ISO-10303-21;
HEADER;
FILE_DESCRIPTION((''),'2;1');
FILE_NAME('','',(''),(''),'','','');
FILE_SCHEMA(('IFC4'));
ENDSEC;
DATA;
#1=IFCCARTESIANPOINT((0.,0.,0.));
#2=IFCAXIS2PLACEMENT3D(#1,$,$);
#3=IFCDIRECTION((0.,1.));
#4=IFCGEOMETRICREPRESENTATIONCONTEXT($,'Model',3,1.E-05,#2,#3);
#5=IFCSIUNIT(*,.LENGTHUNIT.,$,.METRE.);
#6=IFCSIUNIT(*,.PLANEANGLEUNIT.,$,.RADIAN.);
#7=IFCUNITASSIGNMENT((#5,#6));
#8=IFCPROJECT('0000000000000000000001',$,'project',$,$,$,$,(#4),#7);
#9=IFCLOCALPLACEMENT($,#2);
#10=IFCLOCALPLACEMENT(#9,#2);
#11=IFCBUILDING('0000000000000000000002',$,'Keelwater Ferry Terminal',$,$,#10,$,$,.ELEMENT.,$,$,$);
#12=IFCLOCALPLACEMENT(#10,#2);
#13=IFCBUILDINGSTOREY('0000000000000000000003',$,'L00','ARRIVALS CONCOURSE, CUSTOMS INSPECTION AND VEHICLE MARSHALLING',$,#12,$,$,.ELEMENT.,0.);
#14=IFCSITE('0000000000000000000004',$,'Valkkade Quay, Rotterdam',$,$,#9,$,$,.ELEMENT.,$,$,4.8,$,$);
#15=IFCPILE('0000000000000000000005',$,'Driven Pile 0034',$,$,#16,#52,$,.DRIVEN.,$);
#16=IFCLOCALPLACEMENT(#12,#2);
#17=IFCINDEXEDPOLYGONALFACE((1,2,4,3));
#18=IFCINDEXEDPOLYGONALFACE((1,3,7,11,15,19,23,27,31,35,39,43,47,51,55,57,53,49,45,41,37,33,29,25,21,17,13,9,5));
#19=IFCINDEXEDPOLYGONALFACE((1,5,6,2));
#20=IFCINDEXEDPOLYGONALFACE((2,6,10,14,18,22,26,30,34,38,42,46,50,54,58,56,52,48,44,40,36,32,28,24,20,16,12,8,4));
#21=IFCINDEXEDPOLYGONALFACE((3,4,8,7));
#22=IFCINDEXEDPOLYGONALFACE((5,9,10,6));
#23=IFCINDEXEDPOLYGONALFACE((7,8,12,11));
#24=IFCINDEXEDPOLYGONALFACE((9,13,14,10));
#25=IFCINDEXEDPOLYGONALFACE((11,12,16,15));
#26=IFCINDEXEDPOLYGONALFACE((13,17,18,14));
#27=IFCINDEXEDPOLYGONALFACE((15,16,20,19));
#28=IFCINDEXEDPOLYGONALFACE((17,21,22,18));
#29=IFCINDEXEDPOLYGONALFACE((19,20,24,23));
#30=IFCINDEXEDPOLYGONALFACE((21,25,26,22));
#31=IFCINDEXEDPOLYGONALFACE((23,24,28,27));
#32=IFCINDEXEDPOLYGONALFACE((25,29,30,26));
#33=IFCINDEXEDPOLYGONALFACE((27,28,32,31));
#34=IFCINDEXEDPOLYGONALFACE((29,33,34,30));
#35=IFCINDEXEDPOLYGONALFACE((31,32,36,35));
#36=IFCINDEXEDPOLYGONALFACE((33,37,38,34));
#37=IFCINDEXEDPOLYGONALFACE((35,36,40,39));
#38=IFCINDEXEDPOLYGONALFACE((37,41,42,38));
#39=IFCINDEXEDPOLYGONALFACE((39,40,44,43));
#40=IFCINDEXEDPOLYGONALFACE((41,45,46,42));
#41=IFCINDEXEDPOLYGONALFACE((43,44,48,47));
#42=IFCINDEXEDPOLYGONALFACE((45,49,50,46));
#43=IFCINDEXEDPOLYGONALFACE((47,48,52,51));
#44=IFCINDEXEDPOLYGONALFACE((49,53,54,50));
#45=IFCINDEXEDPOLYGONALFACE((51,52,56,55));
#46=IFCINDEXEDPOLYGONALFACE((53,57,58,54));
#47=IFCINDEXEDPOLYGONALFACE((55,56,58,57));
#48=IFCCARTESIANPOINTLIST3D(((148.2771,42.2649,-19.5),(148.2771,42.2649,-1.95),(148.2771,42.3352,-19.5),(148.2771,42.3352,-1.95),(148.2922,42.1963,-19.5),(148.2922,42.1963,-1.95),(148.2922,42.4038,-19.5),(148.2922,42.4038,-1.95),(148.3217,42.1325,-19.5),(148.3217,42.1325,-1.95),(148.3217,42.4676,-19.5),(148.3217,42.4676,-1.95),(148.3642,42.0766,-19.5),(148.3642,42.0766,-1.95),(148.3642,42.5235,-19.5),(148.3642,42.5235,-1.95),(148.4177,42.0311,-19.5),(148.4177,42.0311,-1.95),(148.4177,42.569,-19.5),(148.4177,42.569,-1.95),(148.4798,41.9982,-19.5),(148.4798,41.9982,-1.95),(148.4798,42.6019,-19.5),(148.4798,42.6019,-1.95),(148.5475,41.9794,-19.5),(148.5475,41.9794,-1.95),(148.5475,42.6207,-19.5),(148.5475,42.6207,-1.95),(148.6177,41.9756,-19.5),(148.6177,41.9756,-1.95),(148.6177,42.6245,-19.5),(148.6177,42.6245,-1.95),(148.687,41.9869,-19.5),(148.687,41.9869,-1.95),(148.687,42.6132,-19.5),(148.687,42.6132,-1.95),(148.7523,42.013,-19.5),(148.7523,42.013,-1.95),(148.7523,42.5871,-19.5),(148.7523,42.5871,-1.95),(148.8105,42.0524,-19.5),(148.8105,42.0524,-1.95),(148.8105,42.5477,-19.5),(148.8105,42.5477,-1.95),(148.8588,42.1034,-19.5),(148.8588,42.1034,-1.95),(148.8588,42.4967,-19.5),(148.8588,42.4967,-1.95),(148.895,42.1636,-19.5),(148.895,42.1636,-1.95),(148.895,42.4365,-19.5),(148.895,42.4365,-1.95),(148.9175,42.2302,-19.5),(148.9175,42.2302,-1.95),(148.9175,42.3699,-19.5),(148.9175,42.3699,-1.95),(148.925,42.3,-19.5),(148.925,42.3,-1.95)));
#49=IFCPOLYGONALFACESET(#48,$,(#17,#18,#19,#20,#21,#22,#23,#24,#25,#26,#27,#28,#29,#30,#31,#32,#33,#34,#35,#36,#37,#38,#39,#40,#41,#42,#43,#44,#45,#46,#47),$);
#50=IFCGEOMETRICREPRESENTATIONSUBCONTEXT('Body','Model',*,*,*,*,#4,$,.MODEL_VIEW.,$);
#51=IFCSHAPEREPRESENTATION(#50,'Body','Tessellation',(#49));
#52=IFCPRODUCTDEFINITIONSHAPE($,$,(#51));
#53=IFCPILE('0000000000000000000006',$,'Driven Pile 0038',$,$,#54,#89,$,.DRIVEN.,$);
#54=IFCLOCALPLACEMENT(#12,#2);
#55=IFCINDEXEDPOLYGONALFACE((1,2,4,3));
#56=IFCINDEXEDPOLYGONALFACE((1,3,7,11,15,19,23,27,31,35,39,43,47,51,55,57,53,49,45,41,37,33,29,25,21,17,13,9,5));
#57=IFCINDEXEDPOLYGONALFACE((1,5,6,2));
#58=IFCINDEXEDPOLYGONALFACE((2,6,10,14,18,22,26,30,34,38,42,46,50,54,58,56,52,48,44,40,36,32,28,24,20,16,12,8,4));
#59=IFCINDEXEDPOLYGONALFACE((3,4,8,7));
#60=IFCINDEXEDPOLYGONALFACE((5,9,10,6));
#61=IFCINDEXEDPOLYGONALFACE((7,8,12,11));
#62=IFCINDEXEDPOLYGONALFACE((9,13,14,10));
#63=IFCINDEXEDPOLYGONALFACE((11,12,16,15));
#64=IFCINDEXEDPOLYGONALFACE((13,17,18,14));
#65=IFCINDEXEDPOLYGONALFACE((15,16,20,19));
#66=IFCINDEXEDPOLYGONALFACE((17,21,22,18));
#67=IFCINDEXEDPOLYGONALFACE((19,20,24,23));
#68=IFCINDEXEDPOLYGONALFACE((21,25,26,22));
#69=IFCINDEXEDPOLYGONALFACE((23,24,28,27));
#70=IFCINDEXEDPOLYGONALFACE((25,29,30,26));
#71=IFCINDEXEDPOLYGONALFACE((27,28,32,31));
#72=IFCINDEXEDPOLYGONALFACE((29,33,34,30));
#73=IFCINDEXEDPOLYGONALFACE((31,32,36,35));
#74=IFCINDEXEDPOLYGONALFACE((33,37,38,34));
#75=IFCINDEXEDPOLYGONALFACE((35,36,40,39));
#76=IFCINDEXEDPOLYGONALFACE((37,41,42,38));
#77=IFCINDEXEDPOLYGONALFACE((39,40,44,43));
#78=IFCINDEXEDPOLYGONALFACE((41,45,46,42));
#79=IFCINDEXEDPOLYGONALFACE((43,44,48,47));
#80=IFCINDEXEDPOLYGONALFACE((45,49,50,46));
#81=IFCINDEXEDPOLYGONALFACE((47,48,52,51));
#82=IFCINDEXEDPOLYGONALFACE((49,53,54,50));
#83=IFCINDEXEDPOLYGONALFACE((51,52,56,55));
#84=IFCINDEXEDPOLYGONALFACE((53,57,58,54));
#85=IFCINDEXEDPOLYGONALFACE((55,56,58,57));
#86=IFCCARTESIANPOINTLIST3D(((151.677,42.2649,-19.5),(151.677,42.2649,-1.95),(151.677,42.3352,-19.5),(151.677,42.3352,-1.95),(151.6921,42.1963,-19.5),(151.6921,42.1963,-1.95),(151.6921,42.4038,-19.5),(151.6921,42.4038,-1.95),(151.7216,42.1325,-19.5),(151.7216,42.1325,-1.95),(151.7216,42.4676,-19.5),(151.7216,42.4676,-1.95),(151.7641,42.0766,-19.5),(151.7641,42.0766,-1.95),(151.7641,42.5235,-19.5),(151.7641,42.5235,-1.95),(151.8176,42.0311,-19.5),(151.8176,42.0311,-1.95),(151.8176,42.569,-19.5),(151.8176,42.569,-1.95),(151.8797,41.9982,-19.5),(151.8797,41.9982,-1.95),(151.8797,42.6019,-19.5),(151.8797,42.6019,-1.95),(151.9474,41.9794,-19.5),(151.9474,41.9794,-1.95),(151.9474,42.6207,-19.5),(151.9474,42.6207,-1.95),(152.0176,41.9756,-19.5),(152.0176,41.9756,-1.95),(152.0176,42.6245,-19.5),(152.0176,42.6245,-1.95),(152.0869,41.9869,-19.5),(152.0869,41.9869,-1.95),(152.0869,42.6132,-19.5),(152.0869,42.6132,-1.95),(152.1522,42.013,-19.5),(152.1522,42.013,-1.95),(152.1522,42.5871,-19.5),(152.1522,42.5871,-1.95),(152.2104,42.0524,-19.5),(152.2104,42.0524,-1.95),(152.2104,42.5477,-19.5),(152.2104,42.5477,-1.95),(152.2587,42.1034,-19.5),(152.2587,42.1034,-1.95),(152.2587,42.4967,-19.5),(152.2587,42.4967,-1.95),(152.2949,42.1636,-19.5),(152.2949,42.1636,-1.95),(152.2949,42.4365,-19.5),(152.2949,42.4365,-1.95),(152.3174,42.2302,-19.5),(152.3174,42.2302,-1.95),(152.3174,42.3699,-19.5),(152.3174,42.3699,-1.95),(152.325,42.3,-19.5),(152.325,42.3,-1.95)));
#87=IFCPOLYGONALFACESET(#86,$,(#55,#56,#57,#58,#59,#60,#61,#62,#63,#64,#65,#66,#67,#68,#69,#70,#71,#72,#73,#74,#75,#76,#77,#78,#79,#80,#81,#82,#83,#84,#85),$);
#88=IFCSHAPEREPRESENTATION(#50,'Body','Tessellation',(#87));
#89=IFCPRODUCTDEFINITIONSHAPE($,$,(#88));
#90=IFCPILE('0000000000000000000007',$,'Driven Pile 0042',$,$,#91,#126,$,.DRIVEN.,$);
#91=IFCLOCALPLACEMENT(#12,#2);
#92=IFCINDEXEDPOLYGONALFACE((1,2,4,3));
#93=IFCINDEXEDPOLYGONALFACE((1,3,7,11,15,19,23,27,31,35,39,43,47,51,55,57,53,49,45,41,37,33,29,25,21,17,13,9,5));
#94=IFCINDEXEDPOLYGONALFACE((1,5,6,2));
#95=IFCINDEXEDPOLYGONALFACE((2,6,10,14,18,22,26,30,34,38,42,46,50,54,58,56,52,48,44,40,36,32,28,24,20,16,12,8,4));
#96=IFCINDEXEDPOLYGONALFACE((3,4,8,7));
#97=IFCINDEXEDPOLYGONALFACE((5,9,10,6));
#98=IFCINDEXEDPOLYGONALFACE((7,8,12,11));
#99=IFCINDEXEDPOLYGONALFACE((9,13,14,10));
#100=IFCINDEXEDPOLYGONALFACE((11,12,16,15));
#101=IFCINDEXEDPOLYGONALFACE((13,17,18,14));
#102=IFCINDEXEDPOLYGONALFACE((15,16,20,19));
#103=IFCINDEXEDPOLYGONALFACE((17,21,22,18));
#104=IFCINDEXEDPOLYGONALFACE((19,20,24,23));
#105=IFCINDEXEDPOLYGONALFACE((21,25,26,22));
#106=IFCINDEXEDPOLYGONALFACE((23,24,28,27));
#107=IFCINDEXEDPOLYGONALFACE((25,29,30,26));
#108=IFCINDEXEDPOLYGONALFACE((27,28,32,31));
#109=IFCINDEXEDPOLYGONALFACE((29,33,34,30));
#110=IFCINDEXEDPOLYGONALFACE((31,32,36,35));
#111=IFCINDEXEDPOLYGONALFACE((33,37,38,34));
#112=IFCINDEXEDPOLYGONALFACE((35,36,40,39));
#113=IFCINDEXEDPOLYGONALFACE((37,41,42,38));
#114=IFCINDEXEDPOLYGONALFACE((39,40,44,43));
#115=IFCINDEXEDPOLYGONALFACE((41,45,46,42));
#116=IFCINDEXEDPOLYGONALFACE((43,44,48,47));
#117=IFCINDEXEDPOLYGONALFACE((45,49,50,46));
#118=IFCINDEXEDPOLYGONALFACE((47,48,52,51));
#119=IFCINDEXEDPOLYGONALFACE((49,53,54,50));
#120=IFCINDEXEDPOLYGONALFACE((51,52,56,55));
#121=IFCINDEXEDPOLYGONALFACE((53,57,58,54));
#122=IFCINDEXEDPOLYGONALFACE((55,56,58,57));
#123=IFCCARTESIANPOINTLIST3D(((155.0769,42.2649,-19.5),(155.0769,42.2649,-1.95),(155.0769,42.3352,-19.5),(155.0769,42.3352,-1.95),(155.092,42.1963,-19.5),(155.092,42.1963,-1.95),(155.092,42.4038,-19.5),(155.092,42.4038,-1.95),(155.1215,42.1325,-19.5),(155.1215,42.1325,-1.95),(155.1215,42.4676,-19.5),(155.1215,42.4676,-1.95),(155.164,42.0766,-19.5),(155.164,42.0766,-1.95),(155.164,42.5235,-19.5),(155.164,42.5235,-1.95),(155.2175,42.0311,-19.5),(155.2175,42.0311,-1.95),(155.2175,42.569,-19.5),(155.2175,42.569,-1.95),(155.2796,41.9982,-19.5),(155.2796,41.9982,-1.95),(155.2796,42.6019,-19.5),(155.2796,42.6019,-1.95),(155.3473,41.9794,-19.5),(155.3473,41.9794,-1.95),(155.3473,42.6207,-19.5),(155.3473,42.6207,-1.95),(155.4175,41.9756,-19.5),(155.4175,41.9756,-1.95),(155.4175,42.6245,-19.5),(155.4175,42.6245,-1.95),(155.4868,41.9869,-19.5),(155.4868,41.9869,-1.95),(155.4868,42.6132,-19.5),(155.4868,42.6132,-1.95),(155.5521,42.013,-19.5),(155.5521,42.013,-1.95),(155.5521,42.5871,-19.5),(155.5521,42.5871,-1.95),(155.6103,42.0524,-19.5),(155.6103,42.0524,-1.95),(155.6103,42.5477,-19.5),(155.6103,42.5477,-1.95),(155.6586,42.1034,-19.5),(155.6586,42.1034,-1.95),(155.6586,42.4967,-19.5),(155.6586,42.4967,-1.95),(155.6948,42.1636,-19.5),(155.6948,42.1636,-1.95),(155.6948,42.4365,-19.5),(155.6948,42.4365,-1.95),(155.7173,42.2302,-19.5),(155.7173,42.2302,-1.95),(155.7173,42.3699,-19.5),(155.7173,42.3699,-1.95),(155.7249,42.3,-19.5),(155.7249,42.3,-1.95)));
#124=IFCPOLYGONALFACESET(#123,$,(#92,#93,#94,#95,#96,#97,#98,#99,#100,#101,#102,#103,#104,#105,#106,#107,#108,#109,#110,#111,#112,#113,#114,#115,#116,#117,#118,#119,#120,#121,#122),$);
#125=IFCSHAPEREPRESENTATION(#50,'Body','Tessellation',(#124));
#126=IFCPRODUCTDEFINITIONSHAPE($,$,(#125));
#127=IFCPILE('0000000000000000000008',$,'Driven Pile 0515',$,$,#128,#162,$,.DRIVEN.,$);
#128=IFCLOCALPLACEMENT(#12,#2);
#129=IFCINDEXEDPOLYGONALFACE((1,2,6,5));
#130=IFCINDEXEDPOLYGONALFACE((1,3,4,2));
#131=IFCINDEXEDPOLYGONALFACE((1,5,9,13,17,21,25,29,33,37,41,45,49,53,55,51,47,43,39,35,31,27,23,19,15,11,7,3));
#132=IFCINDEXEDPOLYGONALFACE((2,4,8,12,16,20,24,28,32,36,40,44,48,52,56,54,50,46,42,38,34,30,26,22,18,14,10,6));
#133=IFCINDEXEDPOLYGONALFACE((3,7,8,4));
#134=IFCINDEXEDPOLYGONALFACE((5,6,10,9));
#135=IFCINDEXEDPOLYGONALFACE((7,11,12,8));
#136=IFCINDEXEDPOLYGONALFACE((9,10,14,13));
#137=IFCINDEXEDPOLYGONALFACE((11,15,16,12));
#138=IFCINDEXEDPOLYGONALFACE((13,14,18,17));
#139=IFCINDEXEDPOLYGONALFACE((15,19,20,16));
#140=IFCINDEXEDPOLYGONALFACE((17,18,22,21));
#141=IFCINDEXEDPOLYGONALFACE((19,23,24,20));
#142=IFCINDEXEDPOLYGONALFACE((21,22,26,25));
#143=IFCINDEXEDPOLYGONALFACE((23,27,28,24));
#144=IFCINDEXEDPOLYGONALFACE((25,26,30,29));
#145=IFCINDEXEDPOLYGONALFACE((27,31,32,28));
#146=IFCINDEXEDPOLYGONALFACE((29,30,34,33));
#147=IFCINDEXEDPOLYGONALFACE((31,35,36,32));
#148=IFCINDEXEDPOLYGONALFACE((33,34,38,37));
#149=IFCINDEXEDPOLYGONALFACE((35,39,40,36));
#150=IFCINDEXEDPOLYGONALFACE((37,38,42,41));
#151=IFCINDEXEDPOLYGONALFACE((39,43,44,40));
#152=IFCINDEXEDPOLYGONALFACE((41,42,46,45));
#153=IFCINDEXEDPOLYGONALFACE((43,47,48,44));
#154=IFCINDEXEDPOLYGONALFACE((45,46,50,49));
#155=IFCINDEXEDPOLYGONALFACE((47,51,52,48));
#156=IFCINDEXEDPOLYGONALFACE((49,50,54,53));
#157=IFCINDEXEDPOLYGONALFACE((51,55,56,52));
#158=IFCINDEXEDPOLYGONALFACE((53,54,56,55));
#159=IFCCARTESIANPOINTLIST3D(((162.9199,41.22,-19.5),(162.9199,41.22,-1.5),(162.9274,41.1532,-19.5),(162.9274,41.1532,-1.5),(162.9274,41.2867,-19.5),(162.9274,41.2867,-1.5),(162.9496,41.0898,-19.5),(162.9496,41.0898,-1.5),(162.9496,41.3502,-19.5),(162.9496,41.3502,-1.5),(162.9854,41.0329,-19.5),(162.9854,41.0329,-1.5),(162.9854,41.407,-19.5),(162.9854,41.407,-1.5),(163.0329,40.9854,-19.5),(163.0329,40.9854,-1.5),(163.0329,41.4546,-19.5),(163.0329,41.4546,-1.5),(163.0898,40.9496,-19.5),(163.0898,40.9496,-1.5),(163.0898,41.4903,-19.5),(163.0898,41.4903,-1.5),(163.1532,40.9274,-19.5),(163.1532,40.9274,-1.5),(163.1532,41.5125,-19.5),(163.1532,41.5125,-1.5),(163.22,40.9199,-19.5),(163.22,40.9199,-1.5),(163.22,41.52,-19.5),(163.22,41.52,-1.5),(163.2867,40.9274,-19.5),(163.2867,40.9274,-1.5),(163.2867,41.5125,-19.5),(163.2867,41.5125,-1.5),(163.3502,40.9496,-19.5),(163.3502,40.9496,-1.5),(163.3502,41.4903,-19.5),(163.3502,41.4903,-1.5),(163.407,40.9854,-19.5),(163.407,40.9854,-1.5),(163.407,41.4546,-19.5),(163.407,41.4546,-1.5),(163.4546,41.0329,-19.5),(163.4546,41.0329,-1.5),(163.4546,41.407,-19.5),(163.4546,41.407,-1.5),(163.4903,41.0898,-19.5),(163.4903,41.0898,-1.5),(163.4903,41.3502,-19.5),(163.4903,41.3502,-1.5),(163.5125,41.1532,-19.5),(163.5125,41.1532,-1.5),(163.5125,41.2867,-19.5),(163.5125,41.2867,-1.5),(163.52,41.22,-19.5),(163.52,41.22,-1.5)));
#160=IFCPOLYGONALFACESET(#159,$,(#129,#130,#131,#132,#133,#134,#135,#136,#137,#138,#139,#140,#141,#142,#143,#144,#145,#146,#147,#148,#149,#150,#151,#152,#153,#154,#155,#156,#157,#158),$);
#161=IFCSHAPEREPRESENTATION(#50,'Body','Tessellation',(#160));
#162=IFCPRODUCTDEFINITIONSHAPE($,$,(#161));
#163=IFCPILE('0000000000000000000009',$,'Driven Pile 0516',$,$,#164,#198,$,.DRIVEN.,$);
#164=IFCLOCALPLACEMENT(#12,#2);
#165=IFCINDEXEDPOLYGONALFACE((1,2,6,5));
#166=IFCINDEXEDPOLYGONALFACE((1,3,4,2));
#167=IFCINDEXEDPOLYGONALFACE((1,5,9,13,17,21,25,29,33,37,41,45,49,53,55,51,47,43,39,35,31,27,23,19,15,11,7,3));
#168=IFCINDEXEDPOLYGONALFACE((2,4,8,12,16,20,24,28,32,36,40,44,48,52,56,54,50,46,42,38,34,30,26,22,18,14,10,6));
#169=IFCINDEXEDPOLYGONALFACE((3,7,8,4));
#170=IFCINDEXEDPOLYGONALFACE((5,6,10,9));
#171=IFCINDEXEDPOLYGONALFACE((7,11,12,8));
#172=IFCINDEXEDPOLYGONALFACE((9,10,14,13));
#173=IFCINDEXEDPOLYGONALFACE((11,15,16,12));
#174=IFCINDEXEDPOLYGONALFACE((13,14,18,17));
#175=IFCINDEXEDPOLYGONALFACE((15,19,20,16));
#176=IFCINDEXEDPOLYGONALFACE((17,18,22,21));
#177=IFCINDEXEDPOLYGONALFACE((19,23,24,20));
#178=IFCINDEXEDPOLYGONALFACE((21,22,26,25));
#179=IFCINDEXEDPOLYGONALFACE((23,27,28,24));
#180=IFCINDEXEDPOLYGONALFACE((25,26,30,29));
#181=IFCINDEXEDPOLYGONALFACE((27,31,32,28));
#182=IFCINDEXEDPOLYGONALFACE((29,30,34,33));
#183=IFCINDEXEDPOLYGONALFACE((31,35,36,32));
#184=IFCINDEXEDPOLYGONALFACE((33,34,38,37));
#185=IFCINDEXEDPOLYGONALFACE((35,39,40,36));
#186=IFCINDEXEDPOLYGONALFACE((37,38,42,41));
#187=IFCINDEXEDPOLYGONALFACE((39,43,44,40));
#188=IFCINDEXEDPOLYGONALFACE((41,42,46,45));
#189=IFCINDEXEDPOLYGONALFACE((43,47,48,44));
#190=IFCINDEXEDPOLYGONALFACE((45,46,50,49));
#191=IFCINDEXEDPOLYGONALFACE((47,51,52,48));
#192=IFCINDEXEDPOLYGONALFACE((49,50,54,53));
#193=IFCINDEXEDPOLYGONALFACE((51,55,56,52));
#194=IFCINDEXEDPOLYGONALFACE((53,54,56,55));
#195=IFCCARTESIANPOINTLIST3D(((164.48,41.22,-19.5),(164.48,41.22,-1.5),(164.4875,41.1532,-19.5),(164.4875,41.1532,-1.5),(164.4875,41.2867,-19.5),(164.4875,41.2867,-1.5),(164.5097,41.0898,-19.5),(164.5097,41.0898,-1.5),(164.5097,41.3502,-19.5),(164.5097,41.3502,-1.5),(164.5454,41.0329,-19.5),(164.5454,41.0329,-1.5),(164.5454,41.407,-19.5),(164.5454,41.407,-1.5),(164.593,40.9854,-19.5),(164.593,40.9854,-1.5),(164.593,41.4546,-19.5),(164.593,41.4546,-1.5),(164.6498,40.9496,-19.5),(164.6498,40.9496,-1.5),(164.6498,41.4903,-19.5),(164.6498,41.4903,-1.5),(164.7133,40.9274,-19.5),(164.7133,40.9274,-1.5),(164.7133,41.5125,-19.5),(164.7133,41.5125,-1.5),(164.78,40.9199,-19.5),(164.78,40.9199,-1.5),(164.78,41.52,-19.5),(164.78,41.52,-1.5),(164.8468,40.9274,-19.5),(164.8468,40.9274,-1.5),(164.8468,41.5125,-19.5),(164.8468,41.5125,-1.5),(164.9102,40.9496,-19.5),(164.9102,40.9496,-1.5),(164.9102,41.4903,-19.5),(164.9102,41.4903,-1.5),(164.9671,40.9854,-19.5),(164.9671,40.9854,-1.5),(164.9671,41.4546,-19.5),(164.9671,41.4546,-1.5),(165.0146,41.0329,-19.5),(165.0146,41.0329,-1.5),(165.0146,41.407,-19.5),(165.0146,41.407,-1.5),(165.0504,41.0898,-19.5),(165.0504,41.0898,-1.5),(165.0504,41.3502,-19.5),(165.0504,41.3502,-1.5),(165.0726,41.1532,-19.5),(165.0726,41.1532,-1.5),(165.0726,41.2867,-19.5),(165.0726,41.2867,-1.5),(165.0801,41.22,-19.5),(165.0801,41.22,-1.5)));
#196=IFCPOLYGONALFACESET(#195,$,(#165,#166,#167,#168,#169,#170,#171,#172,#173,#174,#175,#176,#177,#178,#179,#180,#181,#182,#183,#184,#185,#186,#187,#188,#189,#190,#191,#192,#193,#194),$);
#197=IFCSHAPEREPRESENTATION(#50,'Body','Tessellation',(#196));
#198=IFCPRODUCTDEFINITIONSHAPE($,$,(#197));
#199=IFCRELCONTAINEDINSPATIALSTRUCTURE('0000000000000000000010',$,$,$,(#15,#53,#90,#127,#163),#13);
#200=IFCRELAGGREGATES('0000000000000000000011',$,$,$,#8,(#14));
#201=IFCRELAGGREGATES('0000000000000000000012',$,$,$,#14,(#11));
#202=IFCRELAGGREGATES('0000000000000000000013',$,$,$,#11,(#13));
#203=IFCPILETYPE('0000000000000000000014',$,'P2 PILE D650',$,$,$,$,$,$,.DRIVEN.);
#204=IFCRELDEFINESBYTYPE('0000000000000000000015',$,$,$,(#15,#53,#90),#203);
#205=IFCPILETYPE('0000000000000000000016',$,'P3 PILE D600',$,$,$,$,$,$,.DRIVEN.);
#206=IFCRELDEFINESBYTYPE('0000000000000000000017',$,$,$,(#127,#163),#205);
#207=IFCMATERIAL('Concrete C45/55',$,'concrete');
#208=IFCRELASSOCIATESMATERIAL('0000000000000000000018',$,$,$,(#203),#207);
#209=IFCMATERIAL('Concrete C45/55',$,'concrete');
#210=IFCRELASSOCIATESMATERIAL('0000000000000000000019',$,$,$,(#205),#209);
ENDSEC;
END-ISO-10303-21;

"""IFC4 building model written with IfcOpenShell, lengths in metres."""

from ifc_helpers import new_model, si_unit, direction, frame, origin, origin_2d, place, context, subcontext, project, spatial, circle, extrude, material, material_profile, profile_set, type_object, element, save


model = new_model("IFC4")

# Units and contexts
model_context = context("Model", 3, precision=1e-05, world=origin(), true_north=direction((0.0, 1.0)))
body_context = subcontext(model_context, "Body", "Model", "MODEL_VIEW")
ifc_project = project(units=[si_unit("LENGTHUNIT", "METRE"), si_unit("PLANEANGLEUNIT", "RADIAN")], contexts=[model_context])

# Site, building, storey
site_placement = place(None, origin())
site = spatial("IfcSite", under=ifc_project, at=site_placement, Name="Valkkade Quay, Rotterdam", CompositionType="ELEMENT", RefElevation=4.8)
building_placement = place(site_placement, origin())
building = spatial("IfcBuilding", under=site, at=building_placement, Name="Keelwater Ferry Terminal", CompositionType="ELEMENT")
storey_placement = place(building_placement, origin())
storey = spatial("IfcBuildingStorey", under=building, at=storey_placement, Name="L00", Description="ARRIVALS CONCOURSE, CUSTOMS INSPECTION AND VEHICLE MARSHALLING", CompositionType="ELEMENT", Elevation=0.0)

# Piles
ifc_material_1 = material(Name="Concrete C45/55", Category="concrete")
ifc_material_profile_1 = material_profile(ifc_material_1, circle(Radius=0.325, at=origin_2d()), Name="PILE D650")
ifc_profile_set_1 = profile_set([ifc_material_profile_1], Name="Concrete C45/55")
pile_type_1 = type_object("IfcPileType", Name="P2 PILE D650", PredefinedType="DRIVEN", material=ifc_profile_set_1)
for number, where, z_axis, x_axis, name in (
    (1, (148.6001, 42.3, -1.95), (0.0, 0.0, -1.0), (1.0, 0.0, 0.0), "Driven Pile 0034"),
    (2, (152.0, 42.3, -1.95), (0.0, 0.0, -1.0), (1.0, 0.0, 0.0), "Driven Pile 0038"),
    (3, (155.3999, 42.3, -1.95), (0.0, 0.0, -1.0), (1.0, 0.0, 0.0), "Driven Pile 0042"),
):
    element("IfcPile", number, at=place(storey_placement, frame(where, z_axis=z_axis, x_axis=x_axis)), inside=storey, type_object=pile_type_1, Name=name, PredefinedType="DRIVEN", context=body_context, shape_type="SweptSolid", body=[
        extrude(circle(Radius=0.325, at=origin_2d()), origin(), (0.0, 0.0, 1.0), 17.55),
    ])
ifc_material_2 = material(Name="Concrete C45/55", Category="concrete")
ifc_material_profile_2 = material_profile(ifc_material_2, circle(Radius=0.3, at=origin_2d()), Name="PILE D600")
ifc_profile_set_2 = profile_set([ifc_material_profile_2], Name="Concrete C45/55")
pile_type_2 = type_object("IfcPileType", Name="P3 PILE D600", PredefinedType="DRIVEN", material=ifc_profile_set_2)
for number, where, z_axis, x_axis, name in (
    (4, (163.22, 41.22, -1.5), (0.0, 0.0, -1.0), (1.0, 0.0, 0.0), "Driven Pile 0515"),
    (5, (164.78, 41.22, -1.5), (0.0, 0.0, -1.0), (1.0, 0.0, 0.0), "Driven Pile 0516"),
):
    element("IfcPile", number, at=place(storey_placement, frame(where, z_axis=z_axis, x_axis=x_axis)), inside=storey, type_object=pile_type_2, Name=name, PredefinedType="DRIVEN", context=body_context, shape_type="SweptSolid", body=[
        extrude(circle(Radius=0.3, at=origin_2d()), origin(), (0.0, 0.0, 1.0), 18.0),
    ])

save(model, "model.ifc")
